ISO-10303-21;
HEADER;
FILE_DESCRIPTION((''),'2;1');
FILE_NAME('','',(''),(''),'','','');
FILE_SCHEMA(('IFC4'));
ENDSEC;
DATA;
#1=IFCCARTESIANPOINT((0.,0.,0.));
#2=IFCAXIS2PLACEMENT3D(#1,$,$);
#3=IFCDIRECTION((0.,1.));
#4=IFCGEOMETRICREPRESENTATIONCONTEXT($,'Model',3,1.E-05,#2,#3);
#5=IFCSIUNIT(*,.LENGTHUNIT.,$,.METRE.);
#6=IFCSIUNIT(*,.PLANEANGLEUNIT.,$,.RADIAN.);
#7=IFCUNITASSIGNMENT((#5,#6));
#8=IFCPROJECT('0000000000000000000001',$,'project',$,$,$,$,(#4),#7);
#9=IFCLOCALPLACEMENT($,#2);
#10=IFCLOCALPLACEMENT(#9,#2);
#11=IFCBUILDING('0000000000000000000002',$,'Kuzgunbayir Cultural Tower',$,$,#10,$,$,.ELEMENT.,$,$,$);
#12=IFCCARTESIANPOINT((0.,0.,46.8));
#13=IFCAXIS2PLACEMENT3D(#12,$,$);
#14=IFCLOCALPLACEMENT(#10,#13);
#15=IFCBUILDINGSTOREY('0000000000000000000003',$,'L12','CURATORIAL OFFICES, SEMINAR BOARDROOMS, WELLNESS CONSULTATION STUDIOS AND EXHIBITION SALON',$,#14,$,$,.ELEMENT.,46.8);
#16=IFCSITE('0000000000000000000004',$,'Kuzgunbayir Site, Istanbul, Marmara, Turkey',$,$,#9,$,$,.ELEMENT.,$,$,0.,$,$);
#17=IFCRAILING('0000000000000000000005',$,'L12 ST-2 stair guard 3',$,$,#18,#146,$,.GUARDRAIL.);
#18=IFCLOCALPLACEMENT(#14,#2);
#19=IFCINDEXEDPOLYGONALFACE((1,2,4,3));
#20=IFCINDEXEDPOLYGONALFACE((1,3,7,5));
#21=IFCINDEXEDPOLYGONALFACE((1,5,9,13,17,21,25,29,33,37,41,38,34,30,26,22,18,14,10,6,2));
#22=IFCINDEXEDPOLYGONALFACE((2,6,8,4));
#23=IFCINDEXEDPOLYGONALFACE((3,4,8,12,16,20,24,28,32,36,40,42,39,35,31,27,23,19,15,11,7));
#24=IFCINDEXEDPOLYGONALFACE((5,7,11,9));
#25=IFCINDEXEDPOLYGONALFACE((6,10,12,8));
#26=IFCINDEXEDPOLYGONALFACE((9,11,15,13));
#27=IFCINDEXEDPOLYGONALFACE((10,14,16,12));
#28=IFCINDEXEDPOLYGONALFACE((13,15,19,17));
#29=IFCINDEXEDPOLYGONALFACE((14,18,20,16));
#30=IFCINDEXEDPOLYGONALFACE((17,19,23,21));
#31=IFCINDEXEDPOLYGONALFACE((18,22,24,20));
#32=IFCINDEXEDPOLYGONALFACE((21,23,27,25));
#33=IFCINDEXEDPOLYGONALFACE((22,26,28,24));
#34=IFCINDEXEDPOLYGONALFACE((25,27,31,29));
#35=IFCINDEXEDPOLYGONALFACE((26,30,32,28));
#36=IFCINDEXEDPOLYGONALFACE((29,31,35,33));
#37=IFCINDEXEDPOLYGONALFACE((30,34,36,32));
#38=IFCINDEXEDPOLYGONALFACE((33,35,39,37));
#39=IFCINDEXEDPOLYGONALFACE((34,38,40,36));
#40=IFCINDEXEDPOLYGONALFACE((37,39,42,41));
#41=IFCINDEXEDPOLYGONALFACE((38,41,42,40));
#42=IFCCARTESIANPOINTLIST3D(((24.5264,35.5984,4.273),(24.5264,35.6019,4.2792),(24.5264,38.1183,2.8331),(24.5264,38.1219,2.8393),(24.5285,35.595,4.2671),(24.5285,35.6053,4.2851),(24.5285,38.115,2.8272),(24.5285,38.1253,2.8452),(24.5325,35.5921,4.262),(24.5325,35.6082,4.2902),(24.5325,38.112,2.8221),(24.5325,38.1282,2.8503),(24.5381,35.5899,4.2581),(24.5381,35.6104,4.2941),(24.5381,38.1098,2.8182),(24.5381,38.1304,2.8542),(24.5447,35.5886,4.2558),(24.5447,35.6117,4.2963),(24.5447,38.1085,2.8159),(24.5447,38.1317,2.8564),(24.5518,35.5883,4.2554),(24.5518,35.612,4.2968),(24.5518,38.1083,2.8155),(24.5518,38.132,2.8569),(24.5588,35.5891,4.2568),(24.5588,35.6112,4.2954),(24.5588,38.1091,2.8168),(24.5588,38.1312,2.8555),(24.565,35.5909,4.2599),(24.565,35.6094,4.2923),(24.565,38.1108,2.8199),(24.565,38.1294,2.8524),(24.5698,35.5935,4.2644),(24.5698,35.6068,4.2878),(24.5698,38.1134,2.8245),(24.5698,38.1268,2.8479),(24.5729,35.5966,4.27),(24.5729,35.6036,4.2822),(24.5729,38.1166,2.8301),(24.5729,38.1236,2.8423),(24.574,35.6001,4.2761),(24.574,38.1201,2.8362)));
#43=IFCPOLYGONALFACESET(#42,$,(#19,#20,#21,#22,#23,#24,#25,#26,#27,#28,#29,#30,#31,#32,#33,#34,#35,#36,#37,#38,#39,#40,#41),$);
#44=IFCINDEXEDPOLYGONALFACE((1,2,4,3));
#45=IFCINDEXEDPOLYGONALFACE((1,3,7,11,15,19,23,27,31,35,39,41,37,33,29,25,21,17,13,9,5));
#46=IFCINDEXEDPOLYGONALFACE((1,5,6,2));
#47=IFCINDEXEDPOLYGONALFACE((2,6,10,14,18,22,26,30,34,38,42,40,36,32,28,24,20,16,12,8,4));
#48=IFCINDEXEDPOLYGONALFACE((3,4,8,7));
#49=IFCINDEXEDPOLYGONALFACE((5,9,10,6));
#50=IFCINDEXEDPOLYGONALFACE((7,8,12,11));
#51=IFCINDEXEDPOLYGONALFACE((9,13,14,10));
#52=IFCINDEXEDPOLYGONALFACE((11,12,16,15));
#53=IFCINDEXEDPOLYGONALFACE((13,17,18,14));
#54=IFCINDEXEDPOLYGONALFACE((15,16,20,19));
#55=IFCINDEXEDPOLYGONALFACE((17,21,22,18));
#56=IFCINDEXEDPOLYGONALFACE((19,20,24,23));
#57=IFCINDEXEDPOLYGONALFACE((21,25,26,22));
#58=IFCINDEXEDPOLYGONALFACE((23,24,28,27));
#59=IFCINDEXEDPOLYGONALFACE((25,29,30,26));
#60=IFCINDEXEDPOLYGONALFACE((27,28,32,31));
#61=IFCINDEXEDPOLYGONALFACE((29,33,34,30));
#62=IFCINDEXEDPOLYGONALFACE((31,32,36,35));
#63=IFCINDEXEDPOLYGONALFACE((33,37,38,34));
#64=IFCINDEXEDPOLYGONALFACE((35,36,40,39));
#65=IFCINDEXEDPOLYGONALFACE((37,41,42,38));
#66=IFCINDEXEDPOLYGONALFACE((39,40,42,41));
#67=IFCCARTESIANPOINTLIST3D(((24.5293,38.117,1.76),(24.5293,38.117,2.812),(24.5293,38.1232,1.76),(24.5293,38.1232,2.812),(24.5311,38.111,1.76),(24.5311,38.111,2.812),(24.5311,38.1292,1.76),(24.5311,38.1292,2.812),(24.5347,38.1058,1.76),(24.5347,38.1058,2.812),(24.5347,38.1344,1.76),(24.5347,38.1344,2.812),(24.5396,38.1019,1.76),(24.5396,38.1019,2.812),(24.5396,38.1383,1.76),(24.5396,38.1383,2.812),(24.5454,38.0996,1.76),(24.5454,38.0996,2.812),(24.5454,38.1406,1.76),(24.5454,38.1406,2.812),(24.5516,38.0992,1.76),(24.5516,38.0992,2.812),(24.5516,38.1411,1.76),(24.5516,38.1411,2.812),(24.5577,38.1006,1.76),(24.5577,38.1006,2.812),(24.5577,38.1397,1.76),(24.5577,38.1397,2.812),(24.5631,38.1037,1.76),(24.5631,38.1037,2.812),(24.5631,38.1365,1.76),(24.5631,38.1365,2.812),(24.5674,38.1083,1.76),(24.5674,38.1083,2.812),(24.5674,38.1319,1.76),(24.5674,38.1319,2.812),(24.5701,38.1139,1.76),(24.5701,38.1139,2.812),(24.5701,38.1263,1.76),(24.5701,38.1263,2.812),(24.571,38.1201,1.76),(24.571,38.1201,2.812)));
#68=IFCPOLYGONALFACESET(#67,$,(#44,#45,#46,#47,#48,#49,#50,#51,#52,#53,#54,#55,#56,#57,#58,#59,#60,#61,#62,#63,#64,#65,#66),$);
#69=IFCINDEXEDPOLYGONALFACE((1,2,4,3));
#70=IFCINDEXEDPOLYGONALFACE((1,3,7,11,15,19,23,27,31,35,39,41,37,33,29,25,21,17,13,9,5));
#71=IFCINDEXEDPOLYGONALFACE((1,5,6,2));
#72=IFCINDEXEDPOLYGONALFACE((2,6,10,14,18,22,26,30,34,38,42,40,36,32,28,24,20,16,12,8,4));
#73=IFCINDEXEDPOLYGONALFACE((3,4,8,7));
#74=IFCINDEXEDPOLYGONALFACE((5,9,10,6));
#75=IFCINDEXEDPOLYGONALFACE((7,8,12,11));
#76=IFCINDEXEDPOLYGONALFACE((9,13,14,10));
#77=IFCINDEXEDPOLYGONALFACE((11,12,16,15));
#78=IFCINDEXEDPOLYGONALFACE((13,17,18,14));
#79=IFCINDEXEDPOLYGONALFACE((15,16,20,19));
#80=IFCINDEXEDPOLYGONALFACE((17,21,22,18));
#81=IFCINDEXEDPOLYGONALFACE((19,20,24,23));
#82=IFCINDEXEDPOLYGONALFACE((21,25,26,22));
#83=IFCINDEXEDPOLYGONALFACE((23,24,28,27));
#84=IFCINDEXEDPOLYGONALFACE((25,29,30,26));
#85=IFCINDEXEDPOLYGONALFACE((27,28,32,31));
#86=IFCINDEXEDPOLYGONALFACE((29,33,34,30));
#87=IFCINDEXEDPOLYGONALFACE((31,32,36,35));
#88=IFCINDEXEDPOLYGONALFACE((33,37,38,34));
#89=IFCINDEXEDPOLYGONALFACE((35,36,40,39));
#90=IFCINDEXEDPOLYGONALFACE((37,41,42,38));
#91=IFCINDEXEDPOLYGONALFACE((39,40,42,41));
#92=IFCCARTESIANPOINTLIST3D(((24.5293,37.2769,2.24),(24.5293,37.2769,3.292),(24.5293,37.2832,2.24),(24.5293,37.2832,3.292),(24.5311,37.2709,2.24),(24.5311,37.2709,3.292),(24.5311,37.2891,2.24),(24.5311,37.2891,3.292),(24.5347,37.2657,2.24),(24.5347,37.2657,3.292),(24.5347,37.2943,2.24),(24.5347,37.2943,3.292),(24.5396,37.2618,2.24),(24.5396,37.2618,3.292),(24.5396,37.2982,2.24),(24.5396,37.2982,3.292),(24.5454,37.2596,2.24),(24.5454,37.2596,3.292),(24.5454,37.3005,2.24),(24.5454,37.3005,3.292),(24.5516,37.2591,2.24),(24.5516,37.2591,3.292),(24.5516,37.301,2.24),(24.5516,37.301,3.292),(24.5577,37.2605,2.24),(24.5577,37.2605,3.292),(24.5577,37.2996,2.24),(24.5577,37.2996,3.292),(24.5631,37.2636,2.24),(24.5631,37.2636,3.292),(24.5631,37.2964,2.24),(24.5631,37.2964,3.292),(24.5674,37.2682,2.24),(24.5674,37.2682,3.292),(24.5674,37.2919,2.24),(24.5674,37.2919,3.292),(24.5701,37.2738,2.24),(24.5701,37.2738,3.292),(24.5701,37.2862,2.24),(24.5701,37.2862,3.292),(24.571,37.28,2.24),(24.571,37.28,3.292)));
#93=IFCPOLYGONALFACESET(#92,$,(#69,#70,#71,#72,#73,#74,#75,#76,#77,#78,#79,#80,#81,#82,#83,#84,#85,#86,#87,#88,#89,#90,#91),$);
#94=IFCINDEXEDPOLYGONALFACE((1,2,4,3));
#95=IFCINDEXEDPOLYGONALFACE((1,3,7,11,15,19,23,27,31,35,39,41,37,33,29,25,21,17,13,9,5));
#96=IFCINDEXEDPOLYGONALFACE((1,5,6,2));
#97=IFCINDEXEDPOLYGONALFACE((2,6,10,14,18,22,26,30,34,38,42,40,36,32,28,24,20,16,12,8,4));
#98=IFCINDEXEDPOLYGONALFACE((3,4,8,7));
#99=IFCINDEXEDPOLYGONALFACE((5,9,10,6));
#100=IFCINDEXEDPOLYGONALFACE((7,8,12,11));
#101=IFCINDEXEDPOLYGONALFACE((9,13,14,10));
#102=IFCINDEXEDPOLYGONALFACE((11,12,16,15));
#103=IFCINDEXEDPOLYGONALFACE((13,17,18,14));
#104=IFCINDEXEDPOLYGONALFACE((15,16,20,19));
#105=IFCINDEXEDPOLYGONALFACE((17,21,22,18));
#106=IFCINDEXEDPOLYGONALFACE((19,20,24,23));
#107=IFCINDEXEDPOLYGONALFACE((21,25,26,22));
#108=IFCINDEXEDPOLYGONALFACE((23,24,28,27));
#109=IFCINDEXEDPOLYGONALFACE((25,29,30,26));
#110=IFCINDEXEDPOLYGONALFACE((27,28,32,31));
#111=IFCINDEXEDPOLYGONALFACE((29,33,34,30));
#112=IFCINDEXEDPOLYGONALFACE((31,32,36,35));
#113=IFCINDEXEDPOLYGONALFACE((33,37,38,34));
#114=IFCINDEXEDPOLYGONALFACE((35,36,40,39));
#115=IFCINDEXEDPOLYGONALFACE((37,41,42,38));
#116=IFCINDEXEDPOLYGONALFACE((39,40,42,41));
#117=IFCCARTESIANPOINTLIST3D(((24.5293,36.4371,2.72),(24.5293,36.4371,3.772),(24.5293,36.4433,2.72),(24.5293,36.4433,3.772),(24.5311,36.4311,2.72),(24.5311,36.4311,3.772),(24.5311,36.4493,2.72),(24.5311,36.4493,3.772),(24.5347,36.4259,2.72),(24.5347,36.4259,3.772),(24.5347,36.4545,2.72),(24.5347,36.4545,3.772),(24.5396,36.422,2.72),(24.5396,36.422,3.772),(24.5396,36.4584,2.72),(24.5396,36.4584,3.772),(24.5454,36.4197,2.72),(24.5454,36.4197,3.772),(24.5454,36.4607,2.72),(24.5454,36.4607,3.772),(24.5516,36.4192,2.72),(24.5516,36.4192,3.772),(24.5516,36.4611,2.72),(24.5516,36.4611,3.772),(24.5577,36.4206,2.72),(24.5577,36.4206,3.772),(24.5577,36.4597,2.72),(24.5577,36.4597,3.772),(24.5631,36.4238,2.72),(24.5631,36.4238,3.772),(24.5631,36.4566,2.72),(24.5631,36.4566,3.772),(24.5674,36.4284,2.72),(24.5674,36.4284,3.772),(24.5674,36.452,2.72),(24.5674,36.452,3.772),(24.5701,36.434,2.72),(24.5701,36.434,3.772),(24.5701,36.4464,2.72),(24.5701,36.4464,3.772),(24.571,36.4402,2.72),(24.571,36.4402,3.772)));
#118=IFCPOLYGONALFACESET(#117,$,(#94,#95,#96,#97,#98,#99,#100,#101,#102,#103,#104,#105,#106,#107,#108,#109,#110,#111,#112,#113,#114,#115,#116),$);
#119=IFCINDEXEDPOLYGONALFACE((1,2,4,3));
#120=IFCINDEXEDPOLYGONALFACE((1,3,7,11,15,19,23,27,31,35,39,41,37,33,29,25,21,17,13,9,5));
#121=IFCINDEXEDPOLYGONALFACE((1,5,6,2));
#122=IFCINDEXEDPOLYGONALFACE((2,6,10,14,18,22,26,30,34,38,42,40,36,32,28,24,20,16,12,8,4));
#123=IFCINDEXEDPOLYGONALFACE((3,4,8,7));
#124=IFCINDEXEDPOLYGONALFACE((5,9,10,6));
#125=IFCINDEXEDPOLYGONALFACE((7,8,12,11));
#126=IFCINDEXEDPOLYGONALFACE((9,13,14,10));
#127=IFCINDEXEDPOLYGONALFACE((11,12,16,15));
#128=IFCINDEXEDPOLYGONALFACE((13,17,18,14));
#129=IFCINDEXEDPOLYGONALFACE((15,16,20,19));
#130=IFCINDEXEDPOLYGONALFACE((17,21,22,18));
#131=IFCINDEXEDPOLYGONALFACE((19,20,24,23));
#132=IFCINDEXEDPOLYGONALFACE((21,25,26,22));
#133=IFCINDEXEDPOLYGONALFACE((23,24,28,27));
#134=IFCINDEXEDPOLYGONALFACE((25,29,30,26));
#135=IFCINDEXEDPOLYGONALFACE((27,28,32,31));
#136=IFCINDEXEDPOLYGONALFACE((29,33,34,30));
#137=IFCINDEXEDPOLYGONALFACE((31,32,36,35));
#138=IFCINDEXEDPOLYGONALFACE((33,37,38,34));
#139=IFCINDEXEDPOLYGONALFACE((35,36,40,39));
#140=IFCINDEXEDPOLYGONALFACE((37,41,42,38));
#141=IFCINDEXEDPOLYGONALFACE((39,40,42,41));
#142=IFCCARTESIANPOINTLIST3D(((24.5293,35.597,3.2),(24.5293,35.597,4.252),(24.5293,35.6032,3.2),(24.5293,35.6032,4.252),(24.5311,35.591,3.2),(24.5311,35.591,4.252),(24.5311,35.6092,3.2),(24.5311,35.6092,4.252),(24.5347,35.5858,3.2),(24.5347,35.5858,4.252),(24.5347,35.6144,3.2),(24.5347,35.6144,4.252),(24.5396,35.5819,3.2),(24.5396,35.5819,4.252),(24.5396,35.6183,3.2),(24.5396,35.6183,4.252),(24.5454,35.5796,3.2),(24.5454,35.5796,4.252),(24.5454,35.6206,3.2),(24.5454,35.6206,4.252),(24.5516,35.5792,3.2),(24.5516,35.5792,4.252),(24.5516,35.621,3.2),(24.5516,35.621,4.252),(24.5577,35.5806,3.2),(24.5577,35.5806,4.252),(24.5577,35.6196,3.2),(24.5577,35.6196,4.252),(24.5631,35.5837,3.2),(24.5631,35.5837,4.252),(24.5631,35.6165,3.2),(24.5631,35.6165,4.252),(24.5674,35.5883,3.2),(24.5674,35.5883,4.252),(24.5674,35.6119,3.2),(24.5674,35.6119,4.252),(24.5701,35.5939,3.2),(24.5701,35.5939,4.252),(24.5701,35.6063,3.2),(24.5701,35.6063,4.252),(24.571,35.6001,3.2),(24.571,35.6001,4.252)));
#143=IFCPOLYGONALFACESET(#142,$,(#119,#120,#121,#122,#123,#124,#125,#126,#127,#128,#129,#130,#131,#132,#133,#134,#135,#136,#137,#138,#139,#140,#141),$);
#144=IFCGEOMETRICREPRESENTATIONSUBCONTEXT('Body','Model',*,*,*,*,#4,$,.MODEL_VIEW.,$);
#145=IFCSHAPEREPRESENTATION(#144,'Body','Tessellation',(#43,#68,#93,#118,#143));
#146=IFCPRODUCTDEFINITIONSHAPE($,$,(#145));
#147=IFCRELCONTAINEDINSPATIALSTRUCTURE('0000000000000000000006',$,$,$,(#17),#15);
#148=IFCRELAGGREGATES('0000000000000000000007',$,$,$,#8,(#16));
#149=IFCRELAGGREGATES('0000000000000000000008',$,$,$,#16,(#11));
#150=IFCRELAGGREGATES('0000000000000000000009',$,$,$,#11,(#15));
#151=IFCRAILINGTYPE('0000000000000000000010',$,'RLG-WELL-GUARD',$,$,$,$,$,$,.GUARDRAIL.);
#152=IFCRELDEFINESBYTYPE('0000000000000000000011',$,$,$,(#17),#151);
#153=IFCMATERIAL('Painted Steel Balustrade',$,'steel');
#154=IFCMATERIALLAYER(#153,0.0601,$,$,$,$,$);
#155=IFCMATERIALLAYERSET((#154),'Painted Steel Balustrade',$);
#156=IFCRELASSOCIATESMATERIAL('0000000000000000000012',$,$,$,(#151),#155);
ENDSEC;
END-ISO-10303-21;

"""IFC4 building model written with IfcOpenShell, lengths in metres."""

from ifc_helpers import new_model, si_unit, direction, frame, origin, origin_2d, place, context, subcontext, project, spatial, circle, extrude, material, layer, layer_set, type_object, element, save


model = new_model("IFC4")

# Units and contexts
model_context = context("Model", 3, precision=1e-05, world=origin(), true_north=direction((0.0, 1.0)))
body_context = subcontext(model_context, "Body", "Model", "MODEL_VIEW")
ifc_project = project(units=[si_unit("LENGTHUNIT", "METRE"), si_unit("PLANEANGLEUNIT", "RADIAN")], contexts=[model_context])

# Site, building, storey
site_placement = place(None, origin())
site = spatial("IfcSite", under=ifc_project, at=site_placement, Name="Kuzgunbayir Site, Istanbul, Marmara, Turkey", CompositionType="ELEMENT", RefElevation=0.0)
building_placement = place(site_placement, origin())
building = spatial("IfcBuilding", under=site, at=building_placement, Name="Kuzgunbayir Cultural Tower", CompositionType="ELEMENT")
storey_placement = place(building_placement, frame((0.0, 0.0, 46.8)))
storey = spatial("IfcBuildingStorey", under=building, at=storey_placement, Name="L12", Description="CURATORIAL OFFICES, SEMINAR BOARDROOMS, WELLNESS CONSULTATION STUDIOS AND EXHIBITION SALON", CompositionType="ELEMENT", Elevation=46.8)

# Railing
ifc_material_1 = material(Name="Painted Steel Balustrade", Category="steel")
ifc_layer_1 = layer(ifc_material_1, 0.0601)
ifc_layer_set_1 = layer_set([ifc_layer_1], Name="Painted Steel Balustrade")
railing_type_1 = type_object("IfcRailingType", Name="RLG-WELL-GUARD", PredefinedType="GUARDRAIL", material=ifc_layer_set_1)
railing_1_placement = place(storey_placement, frame((24.55, 38.1201, 1.76)))
element("IfcRailing", 1, at=railing_1_placement, inside=storey, type_object=railing_type_1, Name="L12 ST-2 stair guard 3", PredefinedType="GUARDRAIL", context=body_context, shape_type="SweptSolid", body=[
    extrude(circle(Radius=0.0239, at=origin_2d()), frame((0.0, 0.0, 1.0762), z_axis=(0.0, -0.868253, 0.496121), x_axis=(1.0, 0.0, 0.0)), (0.0, 0.0, 1.0), 2.9023),
    extrude(circle(Radius=0.021, at=origin_2d()), origin(), (0.0, 0.0, 1.0), 1.052),
    extrude(circle(Radius=0.021, at=origin_2d()), frame((0.0, -0.8401, 0.48)), (0.0, 0.0, 1.0), 1.052),
    extrude(circle(Radius=0.021, at=origin_2d()), frame((0.0, -1.6799, 0.96)), (0.0, 0.0, 1.0), 1.052),
    extrude(circle(Radius=0.021, at=origin_2d()), frame((0.0, -2.52, 1.4399)), (0.0, 0.0, 1.0), 1.052),
])

save(model, "model.ifc")
